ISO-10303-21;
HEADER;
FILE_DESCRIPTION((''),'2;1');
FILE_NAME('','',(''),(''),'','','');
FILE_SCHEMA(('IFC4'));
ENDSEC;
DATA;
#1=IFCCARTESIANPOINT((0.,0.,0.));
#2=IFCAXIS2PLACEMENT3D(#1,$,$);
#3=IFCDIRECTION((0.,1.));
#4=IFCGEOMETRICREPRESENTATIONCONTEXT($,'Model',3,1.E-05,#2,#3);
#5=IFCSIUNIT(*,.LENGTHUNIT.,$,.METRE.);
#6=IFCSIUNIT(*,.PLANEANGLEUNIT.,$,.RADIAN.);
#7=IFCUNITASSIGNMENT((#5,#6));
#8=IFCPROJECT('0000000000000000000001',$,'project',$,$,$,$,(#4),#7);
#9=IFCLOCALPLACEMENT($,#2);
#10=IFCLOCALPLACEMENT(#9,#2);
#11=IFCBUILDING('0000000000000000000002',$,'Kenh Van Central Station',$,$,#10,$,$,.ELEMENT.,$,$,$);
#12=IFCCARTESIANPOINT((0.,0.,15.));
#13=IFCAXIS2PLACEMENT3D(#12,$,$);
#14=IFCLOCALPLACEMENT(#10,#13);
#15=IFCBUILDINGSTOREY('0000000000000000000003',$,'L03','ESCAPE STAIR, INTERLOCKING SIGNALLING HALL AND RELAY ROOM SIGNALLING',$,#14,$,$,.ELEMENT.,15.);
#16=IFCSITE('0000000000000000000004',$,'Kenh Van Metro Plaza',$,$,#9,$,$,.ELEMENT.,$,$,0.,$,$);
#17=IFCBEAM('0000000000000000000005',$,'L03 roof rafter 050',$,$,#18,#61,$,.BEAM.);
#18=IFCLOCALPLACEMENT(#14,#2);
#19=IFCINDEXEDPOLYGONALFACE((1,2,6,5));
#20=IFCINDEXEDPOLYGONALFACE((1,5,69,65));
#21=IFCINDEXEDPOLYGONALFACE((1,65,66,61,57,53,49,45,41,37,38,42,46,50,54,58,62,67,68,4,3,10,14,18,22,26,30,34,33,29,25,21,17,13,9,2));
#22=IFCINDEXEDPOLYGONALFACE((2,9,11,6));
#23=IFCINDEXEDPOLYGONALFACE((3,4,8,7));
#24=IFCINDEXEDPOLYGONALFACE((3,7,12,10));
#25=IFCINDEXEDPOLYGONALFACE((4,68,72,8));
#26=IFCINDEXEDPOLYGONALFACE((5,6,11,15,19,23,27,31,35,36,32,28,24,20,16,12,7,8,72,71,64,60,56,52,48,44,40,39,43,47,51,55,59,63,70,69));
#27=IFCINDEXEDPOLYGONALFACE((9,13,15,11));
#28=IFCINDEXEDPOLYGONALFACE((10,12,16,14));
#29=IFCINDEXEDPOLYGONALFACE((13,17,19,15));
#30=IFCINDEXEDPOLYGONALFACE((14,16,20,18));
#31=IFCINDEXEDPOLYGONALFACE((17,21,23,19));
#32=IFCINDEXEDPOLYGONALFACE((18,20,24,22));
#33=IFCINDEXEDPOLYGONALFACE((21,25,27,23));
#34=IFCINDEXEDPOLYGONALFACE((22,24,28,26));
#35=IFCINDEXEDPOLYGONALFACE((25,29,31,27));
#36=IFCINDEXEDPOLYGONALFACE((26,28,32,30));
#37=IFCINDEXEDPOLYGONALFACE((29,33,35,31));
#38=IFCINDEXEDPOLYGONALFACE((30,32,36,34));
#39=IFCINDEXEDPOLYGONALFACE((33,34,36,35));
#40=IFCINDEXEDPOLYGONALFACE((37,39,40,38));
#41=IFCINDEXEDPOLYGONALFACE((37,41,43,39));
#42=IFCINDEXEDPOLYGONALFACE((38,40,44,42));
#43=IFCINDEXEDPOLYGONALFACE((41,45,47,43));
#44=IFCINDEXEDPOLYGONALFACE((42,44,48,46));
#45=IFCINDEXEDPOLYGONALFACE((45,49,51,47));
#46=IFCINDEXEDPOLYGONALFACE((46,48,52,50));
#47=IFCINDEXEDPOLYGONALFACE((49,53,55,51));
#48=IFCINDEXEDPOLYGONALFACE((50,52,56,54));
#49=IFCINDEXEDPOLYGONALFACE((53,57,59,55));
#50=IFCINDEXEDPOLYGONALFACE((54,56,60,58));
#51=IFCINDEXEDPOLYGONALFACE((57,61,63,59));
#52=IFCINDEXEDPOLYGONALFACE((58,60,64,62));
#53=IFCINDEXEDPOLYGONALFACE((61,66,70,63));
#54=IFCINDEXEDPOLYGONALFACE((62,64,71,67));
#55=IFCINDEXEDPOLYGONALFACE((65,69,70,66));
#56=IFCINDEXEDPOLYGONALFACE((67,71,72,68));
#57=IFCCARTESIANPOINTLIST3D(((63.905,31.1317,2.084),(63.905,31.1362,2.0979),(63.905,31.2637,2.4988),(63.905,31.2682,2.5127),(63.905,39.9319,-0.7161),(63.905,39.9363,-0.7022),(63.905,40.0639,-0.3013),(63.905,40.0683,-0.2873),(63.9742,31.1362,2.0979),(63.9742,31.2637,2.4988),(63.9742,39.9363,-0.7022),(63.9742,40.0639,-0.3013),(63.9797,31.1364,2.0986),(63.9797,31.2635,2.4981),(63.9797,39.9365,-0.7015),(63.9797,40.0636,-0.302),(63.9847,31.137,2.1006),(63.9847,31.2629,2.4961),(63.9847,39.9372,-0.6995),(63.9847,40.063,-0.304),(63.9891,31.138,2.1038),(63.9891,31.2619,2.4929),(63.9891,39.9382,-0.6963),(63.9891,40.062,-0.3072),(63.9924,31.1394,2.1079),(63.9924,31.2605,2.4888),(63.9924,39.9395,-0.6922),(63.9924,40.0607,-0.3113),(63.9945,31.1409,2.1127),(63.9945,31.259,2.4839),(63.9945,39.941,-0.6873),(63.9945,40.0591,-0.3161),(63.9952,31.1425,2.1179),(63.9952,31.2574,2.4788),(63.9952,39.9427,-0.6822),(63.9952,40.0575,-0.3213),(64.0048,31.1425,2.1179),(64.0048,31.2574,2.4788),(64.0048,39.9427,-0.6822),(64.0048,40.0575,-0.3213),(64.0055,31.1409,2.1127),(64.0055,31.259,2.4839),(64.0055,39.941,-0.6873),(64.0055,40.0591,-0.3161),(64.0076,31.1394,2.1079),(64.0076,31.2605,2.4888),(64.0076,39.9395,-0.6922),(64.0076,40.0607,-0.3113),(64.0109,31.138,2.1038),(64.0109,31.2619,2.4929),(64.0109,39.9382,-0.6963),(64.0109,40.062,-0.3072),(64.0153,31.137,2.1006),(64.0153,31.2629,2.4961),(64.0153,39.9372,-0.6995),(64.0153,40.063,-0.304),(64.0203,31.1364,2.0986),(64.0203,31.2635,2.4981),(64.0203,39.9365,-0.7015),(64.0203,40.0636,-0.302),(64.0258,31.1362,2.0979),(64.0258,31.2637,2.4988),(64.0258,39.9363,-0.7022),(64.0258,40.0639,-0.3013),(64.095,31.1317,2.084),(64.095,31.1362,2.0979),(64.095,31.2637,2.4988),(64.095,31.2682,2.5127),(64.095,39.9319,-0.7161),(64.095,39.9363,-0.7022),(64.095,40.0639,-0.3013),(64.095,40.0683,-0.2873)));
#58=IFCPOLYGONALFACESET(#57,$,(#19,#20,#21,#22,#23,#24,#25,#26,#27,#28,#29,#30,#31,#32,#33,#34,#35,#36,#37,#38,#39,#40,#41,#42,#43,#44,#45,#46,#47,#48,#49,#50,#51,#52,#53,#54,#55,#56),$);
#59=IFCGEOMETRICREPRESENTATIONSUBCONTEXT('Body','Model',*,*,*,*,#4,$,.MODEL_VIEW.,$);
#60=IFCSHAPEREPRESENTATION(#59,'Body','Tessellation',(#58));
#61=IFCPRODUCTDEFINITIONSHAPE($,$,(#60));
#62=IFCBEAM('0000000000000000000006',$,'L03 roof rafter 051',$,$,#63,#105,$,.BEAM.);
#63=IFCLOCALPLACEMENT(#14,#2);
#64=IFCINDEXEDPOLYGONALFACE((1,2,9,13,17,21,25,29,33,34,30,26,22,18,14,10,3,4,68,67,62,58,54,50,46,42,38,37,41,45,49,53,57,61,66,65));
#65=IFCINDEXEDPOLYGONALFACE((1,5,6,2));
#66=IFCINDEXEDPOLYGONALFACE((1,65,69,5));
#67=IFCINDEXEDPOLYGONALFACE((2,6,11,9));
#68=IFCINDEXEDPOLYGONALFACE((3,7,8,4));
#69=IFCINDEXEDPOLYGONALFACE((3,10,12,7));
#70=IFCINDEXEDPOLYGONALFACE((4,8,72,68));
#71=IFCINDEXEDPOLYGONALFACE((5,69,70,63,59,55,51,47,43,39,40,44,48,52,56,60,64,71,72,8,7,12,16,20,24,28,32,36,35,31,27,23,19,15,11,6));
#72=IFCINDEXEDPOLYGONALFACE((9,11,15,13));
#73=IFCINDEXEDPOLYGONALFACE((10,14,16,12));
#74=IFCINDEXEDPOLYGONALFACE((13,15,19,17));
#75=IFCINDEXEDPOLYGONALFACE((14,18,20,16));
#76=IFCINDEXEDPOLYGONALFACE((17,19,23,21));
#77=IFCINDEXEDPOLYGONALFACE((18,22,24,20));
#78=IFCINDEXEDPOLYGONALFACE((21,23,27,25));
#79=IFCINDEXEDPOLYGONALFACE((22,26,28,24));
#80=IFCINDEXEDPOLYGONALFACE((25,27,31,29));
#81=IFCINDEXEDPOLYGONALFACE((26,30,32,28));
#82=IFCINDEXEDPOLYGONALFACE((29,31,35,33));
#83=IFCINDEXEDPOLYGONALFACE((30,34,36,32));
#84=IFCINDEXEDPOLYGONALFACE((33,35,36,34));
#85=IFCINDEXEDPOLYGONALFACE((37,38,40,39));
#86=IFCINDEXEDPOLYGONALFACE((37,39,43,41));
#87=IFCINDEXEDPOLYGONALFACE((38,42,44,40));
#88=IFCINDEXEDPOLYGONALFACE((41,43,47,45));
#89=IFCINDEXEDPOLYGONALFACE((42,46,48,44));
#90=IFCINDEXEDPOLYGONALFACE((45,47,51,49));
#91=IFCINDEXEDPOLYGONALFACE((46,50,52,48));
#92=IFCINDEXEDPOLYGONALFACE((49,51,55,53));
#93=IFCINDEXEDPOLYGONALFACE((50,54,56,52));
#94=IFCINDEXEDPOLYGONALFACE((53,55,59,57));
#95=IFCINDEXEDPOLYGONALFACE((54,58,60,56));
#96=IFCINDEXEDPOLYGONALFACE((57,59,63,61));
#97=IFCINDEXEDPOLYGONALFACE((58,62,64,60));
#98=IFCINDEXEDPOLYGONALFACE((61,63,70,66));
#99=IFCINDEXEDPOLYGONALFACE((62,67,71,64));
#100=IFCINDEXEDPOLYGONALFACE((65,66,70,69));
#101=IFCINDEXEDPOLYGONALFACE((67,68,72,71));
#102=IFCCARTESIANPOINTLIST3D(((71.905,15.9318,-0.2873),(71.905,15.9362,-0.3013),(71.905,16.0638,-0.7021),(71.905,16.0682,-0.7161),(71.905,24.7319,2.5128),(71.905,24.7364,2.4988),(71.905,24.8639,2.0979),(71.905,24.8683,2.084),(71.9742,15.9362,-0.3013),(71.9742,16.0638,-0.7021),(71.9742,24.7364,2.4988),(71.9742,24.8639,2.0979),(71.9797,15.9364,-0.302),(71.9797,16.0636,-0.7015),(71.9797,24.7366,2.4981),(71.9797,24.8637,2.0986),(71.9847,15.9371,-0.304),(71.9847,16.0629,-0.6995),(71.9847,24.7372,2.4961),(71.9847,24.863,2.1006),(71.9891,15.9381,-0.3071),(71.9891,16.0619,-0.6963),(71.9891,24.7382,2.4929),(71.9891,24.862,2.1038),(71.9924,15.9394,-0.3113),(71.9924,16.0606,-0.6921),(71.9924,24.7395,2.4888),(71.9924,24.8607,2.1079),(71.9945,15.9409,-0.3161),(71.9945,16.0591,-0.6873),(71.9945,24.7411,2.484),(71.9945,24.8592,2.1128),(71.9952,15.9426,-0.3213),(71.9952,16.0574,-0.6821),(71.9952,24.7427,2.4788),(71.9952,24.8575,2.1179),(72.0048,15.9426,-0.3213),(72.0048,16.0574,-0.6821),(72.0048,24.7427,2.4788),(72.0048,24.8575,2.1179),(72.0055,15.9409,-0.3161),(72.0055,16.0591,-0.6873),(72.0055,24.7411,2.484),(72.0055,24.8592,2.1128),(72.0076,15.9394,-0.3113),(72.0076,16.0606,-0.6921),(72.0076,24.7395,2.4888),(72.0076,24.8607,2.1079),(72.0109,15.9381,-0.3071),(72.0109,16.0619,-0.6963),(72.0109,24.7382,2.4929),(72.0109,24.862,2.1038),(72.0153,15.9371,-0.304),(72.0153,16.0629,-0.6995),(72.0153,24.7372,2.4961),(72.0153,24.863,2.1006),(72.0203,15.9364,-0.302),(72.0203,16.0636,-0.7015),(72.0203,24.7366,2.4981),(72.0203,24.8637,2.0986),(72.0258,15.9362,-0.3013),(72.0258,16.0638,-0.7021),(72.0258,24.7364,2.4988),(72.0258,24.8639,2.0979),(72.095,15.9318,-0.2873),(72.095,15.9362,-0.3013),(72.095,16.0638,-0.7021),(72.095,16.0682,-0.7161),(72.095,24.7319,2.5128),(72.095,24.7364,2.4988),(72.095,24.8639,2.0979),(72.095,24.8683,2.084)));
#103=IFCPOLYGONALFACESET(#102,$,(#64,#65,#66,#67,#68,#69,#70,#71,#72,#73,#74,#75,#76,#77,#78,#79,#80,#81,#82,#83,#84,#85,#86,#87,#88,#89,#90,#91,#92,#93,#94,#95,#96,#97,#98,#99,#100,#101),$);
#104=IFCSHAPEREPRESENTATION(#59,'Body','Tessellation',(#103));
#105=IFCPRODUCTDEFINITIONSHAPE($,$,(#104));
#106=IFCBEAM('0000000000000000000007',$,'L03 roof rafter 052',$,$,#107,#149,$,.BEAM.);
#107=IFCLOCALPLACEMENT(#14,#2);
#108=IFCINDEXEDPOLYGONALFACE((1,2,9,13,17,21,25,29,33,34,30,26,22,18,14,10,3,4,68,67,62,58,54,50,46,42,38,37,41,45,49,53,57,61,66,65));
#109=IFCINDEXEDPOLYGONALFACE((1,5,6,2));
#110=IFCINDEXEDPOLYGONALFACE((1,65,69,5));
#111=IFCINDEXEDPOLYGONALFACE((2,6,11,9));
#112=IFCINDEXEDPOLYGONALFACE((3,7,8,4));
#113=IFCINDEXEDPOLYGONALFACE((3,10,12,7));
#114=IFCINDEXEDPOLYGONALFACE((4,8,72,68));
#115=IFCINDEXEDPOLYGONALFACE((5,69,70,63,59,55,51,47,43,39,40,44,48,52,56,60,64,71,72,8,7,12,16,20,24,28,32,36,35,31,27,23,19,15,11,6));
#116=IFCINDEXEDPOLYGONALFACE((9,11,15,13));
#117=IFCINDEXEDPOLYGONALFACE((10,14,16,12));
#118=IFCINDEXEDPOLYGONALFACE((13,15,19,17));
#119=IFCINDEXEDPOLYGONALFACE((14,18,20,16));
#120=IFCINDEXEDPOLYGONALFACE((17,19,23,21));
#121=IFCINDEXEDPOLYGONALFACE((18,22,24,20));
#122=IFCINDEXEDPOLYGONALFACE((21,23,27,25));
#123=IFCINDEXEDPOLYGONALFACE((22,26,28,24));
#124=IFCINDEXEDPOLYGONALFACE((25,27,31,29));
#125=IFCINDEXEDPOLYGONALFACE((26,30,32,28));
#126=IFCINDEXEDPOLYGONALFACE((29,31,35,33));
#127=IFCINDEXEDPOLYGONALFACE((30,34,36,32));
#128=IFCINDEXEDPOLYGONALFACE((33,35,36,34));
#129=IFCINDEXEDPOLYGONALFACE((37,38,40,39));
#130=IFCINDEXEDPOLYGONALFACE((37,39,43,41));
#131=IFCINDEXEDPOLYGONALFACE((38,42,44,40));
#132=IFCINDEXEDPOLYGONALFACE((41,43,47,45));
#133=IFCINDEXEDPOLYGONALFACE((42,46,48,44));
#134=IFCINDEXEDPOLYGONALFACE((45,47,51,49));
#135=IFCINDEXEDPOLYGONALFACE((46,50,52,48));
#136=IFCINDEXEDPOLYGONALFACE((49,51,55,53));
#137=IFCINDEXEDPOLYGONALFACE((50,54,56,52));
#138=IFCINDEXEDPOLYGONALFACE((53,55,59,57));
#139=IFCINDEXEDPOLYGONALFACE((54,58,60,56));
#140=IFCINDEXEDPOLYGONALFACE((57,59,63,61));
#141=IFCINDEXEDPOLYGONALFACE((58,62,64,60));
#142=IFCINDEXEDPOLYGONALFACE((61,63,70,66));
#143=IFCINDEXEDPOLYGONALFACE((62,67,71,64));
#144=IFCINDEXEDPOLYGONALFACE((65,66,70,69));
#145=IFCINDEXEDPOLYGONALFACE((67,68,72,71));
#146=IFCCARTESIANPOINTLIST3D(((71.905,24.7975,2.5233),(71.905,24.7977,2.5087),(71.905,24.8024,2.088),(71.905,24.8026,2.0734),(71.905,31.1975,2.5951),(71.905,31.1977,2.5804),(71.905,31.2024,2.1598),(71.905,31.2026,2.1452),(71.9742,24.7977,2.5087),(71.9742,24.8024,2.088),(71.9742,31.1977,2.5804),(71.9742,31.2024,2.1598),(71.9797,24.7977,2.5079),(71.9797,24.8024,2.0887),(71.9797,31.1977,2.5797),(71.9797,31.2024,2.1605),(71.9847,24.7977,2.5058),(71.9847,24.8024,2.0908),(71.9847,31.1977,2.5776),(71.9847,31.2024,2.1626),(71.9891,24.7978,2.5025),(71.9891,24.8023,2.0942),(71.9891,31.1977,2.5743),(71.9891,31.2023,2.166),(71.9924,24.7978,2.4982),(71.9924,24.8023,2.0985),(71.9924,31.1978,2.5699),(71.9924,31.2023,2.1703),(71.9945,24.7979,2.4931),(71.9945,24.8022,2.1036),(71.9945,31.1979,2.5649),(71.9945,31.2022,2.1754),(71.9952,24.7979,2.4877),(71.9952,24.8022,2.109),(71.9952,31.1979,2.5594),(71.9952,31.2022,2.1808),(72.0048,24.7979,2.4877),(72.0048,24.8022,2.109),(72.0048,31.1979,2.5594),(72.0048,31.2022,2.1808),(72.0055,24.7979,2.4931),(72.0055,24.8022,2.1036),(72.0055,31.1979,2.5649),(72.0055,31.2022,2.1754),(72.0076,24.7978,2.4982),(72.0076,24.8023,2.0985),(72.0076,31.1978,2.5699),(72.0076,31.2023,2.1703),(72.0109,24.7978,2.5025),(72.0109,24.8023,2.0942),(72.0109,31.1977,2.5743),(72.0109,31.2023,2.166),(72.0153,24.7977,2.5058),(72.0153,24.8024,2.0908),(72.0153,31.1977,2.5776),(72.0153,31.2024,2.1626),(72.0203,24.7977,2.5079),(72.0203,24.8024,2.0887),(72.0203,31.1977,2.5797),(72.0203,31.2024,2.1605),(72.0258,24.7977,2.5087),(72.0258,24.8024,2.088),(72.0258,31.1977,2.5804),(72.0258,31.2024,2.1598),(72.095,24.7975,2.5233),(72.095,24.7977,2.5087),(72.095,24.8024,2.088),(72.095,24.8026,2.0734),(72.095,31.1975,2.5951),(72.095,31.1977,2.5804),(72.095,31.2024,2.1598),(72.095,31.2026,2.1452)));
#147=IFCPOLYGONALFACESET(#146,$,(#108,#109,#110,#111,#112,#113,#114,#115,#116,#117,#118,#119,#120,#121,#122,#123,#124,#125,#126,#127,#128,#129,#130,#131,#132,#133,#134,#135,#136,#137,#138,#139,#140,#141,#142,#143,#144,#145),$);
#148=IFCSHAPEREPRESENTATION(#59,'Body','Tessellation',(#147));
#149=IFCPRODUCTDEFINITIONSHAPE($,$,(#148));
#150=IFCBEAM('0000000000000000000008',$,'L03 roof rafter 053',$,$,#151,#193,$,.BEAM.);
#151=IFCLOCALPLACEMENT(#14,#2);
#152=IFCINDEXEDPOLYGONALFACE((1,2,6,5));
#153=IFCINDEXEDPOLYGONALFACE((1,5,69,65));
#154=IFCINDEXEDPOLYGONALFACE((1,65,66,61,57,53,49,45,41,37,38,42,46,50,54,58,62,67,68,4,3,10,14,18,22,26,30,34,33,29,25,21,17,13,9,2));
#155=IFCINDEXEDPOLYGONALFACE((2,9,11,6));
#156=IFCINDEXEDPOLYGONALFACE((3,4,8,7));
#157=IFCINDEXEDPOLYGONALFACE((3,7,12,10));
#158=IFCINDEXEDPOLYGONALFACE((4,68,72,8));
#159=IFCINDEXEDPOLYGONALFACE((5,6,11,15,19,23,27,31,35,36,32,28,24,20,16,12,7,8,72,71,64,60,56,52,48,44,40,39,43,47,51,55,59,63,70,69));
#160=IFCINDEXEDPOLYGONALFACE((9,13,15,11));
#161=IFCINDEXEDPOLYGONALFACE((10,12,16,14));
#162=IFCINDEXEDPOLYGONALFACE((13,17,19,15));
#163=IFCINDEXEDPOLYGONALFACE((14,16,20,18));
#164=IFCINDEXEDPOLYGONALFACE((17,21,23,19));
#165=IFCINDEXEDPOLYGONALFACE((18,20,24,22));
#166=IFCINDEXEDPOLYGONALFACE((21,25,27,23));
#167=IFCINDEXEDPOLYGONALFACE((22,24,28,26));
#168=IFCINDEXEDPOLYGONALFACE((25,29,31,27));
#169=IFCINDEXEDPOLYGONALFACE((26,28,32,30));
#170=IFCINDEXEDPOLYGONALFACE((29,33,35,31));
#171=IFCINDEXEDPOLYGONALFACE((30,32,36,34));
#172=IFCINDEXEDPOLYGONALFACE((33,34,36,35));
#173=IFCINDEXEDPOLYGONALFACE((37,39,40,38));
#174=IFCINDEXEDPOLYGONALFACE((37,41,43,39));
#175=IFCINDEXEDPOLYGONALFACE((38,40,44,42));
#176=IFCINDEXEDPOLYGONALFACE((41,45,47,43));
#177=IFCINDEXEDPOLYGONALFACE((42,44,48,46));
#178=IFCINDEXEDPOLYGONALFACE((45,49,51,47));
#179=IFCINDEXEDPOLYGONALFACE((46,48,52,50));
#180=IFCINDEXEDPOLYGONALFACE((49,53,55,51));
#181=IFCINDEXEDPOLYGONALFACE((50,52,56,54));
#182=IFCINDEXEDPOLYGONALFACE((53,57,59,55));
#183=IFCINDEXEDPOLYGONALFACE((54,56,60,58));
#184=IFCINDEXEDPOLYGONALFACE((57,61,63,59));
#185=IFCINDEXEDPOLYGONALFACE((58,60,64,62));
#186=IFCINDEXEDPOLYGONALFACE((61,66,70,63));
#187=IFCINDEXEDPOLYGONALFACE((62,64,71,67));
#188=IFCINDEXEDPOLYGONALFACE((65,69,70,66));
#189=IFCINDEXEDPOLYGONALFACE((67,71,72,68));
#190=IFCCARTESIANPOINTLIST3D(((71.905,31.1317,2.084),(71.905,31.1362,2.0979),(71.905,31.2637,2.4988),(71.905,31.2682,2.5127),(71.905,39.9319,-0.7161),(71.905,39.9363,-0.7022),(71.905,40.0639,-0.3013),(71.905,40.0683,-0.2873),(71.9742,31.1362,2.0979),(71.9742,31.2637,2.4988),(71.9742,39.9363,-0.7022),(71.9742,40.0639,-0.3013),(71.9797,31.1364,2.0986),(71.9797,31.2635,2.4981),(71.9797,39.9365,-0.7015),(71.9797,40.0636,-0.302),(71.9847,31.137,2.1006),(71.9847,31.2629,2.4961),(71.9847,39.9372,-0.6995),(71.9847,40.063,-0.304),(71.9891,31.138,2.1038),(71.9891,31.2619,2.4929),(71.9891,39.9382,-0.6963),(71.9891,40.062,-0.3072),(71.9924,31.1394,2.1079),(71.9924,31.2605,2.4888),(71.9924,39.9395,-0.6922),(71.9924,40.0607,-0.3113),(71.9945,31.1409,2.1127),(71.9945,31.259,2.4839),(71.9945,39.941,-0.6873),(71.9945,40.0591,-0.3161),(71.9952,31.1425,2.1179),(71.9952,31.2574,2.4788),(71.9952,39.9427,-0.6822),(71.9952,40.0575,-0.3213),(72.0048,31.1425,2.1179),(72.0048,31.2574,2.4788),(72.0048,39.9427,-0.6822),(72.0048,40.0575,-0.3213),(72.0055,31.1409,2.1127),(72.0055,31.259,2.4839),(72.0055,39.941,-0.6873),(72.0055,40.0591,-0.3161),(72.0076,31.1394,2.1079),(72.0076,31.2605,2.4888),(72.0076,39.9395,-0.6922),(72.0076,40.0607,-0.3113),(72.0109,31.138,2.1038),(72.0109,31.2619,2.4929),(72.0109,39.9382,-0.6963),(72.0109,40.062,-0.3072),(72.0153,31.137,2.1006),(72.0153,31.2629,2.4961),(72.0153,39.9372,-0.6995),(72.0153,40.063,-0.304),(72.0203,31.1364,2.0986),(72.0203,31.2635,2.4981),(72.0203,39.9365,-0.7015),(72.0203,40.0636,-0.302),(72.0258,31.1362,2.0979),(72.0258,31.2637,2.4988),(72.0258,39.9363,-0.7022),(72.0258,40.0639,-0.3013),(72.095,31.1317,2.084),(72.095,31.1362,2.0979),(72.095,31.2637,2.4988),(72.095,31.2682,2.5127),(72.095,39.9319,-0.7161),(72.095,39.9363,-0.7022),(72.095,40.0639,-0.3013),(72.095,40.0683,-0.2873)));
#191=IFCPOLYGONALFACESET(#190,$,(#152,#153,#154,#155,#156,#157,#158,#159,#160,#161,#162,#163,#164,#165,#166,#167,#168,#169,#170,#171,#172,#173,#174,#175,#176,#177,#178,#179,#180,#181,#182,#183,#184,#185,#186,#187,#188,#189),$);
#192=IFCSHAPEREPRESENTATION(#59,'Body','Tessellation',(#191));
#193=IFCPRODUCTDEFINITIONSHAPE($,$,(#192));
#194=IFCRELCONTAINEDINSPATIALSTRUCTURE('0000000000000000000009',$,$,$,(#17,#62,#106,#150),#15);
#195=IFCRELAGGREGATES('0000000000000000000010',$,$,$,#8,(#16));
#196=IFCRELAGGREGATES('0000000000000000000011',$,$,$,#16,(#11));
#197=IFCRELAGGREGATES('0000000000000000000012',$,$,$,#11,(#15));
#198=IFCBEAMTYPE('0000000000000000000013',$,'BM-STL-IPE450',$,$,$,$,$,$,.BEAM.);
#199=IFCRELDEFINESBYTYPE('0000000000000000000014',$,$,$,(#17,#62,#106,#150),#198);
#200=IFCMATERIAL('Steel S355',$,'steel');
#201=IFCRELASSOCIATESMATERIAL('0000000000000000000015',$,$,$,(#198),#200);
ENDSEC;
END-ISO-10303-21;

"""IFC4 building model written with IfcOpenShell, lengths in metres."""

from ifc_helpers import new_model, si_unit, direction, frame, origin, origin_2d, place, context, subcontext, project, spatial, i_section, extrude, material, material_profile, profile_set, type_object, element, save


model = new_model("IFC4")

# Units and contexts
model_context = context("Model", 3, precision=1e-05, world=origin(), true_north=direction((0.0, 1.0)))
body_context = subcontext(model_context, "Body", "Model", "MODEL_VIEW")
ifc_project = project(units=[si_unit("LENGTHUNIT", "METRE"), si_unit("PLANEANGLEUNIT", "RADIAN")], contexts=[model_context])

# Site, building, storey
site_placement = place(None, origin())
site = spatial("IfcSite", under=ifc_project, at=site_placement, Name="Kenh Van Metro Plaza", CompositionType="ELEMENT", RefElevation=0.0)
building_placement = place(site_placement, origin())
building = spatial("IfcBuilding", under=site, at=building_placement, Name="Kenh Van Central Station", CompositionType="ELEMENT")
storey_placement = place(building_placement, frame((0.0, 0.0, 15.0)))
storey = spatial("IfcBuildingStorey", under=building, at=storey_placement, Name="L03", Description="ESCAPE STAIR, INTERLOCKING SIGNALLING HALL AND RELAY ROOM SIGNALLING", CompositionType="ELEMENT", Elevation=15.0)

# Beams
ifc_material_1 = material(Name="Steel S355", Category="steel")
ifc_material_profile_1 = material_profile(ifc_material_1, i_section(OverallWidth=0.1899, OverallDepth=0.45, WebThickness=0.0095, FlangeThickness=0.0146, FilletRadius=0.021, at=origin_2d()), Name="IPE 450")
ifc_profile_set_1 = profile_set([ifc_material_profile_1], Name="Steel S355")
beam_type = type_object("IfcBeamType", Name="BM-STL-IPE450", PredefinedType="BEAM", material=ifc_profile_set_1)
for number, where, z_axis, x_axis, name in (
    (1, (64.0, 31.2, 2.2983), (0.0, 0.952925, -0.303207), (-1.0, 0.0, 0.0), "L03 roof rafter 050"),
    (2, (72.0, 16.0, -0.5017), (0.0, 0.952925, 0.303207), (-1.0, 0.0, 0.0), "L03 roof rafter 051"),
):
    element("IfcBeam", number, at=place(storey_placement, frame(where, z_axis=z_axis, x_axis=x_axis)), inside=storey, type_object=beam_type, Name=name, PredefinedType="BEAM", context=body_context, shape_type="SweptSolid", body=[
        extrude(i_section(OverallWidth=0.1899, OverallDepth=0.45, WebThickness=0.0095, FlangeThickness=0.0146, FilletRadius=0.021, at=origin_2d()), origin(), (0.0, 0.0, 1.0), 9.2349),
    ])
beam_1_placement = place(storey_placement, frame((72.0, 24.8, 2.2983), z_axis=(0.0, 0.999937, 0.011215), x_axis=(-1.0, 0.0, 0.0)))
element("IfcBeam", 3, at=beam_1_placement, inside=storey, type_object=beam_type, Name="L03 roof rafter 052", PredefinedType="BEAM", context=body_context, shape_type="SweptSolid", body=[
    extrude(i_section(OverallWidth=0.1899, OverallDepth=0.45, WebThickness=0.0095, FlangeThickness=0.0146, FilletRadius=0.021, at=origin_2d()), origin(), (0.0, 0.0, 1.0), 6.4004),
])
for number, where, z_axis, x_axis, name in (
    (4, (72.0, 31.2, 2.2983), (0.0, 0.952925, -0.303207), (-1.0, 0.0, 0.0), "L03 roof rafter 053"),
):
    element("IfcBeam", number, at=place(storey_placement, frame(where, z_axis=z_axis, x_axis=x_axis)), inside=storey, type_object=beam_type, Name=name, PredefinedType="BEAM", context=body_context, shape_type="SweptSolid", body=[
        extrude(i_section(OverallWidth=0.1899, OverallDepth=0.45, WebThickness=0.0095, FlangeThickness=0.0146, FilletRadius=0.021, at=origin_2d()), origin(), (0.0, 0.0, 1.0), 9.2349),
    ])

save(model, "model.ifc")
